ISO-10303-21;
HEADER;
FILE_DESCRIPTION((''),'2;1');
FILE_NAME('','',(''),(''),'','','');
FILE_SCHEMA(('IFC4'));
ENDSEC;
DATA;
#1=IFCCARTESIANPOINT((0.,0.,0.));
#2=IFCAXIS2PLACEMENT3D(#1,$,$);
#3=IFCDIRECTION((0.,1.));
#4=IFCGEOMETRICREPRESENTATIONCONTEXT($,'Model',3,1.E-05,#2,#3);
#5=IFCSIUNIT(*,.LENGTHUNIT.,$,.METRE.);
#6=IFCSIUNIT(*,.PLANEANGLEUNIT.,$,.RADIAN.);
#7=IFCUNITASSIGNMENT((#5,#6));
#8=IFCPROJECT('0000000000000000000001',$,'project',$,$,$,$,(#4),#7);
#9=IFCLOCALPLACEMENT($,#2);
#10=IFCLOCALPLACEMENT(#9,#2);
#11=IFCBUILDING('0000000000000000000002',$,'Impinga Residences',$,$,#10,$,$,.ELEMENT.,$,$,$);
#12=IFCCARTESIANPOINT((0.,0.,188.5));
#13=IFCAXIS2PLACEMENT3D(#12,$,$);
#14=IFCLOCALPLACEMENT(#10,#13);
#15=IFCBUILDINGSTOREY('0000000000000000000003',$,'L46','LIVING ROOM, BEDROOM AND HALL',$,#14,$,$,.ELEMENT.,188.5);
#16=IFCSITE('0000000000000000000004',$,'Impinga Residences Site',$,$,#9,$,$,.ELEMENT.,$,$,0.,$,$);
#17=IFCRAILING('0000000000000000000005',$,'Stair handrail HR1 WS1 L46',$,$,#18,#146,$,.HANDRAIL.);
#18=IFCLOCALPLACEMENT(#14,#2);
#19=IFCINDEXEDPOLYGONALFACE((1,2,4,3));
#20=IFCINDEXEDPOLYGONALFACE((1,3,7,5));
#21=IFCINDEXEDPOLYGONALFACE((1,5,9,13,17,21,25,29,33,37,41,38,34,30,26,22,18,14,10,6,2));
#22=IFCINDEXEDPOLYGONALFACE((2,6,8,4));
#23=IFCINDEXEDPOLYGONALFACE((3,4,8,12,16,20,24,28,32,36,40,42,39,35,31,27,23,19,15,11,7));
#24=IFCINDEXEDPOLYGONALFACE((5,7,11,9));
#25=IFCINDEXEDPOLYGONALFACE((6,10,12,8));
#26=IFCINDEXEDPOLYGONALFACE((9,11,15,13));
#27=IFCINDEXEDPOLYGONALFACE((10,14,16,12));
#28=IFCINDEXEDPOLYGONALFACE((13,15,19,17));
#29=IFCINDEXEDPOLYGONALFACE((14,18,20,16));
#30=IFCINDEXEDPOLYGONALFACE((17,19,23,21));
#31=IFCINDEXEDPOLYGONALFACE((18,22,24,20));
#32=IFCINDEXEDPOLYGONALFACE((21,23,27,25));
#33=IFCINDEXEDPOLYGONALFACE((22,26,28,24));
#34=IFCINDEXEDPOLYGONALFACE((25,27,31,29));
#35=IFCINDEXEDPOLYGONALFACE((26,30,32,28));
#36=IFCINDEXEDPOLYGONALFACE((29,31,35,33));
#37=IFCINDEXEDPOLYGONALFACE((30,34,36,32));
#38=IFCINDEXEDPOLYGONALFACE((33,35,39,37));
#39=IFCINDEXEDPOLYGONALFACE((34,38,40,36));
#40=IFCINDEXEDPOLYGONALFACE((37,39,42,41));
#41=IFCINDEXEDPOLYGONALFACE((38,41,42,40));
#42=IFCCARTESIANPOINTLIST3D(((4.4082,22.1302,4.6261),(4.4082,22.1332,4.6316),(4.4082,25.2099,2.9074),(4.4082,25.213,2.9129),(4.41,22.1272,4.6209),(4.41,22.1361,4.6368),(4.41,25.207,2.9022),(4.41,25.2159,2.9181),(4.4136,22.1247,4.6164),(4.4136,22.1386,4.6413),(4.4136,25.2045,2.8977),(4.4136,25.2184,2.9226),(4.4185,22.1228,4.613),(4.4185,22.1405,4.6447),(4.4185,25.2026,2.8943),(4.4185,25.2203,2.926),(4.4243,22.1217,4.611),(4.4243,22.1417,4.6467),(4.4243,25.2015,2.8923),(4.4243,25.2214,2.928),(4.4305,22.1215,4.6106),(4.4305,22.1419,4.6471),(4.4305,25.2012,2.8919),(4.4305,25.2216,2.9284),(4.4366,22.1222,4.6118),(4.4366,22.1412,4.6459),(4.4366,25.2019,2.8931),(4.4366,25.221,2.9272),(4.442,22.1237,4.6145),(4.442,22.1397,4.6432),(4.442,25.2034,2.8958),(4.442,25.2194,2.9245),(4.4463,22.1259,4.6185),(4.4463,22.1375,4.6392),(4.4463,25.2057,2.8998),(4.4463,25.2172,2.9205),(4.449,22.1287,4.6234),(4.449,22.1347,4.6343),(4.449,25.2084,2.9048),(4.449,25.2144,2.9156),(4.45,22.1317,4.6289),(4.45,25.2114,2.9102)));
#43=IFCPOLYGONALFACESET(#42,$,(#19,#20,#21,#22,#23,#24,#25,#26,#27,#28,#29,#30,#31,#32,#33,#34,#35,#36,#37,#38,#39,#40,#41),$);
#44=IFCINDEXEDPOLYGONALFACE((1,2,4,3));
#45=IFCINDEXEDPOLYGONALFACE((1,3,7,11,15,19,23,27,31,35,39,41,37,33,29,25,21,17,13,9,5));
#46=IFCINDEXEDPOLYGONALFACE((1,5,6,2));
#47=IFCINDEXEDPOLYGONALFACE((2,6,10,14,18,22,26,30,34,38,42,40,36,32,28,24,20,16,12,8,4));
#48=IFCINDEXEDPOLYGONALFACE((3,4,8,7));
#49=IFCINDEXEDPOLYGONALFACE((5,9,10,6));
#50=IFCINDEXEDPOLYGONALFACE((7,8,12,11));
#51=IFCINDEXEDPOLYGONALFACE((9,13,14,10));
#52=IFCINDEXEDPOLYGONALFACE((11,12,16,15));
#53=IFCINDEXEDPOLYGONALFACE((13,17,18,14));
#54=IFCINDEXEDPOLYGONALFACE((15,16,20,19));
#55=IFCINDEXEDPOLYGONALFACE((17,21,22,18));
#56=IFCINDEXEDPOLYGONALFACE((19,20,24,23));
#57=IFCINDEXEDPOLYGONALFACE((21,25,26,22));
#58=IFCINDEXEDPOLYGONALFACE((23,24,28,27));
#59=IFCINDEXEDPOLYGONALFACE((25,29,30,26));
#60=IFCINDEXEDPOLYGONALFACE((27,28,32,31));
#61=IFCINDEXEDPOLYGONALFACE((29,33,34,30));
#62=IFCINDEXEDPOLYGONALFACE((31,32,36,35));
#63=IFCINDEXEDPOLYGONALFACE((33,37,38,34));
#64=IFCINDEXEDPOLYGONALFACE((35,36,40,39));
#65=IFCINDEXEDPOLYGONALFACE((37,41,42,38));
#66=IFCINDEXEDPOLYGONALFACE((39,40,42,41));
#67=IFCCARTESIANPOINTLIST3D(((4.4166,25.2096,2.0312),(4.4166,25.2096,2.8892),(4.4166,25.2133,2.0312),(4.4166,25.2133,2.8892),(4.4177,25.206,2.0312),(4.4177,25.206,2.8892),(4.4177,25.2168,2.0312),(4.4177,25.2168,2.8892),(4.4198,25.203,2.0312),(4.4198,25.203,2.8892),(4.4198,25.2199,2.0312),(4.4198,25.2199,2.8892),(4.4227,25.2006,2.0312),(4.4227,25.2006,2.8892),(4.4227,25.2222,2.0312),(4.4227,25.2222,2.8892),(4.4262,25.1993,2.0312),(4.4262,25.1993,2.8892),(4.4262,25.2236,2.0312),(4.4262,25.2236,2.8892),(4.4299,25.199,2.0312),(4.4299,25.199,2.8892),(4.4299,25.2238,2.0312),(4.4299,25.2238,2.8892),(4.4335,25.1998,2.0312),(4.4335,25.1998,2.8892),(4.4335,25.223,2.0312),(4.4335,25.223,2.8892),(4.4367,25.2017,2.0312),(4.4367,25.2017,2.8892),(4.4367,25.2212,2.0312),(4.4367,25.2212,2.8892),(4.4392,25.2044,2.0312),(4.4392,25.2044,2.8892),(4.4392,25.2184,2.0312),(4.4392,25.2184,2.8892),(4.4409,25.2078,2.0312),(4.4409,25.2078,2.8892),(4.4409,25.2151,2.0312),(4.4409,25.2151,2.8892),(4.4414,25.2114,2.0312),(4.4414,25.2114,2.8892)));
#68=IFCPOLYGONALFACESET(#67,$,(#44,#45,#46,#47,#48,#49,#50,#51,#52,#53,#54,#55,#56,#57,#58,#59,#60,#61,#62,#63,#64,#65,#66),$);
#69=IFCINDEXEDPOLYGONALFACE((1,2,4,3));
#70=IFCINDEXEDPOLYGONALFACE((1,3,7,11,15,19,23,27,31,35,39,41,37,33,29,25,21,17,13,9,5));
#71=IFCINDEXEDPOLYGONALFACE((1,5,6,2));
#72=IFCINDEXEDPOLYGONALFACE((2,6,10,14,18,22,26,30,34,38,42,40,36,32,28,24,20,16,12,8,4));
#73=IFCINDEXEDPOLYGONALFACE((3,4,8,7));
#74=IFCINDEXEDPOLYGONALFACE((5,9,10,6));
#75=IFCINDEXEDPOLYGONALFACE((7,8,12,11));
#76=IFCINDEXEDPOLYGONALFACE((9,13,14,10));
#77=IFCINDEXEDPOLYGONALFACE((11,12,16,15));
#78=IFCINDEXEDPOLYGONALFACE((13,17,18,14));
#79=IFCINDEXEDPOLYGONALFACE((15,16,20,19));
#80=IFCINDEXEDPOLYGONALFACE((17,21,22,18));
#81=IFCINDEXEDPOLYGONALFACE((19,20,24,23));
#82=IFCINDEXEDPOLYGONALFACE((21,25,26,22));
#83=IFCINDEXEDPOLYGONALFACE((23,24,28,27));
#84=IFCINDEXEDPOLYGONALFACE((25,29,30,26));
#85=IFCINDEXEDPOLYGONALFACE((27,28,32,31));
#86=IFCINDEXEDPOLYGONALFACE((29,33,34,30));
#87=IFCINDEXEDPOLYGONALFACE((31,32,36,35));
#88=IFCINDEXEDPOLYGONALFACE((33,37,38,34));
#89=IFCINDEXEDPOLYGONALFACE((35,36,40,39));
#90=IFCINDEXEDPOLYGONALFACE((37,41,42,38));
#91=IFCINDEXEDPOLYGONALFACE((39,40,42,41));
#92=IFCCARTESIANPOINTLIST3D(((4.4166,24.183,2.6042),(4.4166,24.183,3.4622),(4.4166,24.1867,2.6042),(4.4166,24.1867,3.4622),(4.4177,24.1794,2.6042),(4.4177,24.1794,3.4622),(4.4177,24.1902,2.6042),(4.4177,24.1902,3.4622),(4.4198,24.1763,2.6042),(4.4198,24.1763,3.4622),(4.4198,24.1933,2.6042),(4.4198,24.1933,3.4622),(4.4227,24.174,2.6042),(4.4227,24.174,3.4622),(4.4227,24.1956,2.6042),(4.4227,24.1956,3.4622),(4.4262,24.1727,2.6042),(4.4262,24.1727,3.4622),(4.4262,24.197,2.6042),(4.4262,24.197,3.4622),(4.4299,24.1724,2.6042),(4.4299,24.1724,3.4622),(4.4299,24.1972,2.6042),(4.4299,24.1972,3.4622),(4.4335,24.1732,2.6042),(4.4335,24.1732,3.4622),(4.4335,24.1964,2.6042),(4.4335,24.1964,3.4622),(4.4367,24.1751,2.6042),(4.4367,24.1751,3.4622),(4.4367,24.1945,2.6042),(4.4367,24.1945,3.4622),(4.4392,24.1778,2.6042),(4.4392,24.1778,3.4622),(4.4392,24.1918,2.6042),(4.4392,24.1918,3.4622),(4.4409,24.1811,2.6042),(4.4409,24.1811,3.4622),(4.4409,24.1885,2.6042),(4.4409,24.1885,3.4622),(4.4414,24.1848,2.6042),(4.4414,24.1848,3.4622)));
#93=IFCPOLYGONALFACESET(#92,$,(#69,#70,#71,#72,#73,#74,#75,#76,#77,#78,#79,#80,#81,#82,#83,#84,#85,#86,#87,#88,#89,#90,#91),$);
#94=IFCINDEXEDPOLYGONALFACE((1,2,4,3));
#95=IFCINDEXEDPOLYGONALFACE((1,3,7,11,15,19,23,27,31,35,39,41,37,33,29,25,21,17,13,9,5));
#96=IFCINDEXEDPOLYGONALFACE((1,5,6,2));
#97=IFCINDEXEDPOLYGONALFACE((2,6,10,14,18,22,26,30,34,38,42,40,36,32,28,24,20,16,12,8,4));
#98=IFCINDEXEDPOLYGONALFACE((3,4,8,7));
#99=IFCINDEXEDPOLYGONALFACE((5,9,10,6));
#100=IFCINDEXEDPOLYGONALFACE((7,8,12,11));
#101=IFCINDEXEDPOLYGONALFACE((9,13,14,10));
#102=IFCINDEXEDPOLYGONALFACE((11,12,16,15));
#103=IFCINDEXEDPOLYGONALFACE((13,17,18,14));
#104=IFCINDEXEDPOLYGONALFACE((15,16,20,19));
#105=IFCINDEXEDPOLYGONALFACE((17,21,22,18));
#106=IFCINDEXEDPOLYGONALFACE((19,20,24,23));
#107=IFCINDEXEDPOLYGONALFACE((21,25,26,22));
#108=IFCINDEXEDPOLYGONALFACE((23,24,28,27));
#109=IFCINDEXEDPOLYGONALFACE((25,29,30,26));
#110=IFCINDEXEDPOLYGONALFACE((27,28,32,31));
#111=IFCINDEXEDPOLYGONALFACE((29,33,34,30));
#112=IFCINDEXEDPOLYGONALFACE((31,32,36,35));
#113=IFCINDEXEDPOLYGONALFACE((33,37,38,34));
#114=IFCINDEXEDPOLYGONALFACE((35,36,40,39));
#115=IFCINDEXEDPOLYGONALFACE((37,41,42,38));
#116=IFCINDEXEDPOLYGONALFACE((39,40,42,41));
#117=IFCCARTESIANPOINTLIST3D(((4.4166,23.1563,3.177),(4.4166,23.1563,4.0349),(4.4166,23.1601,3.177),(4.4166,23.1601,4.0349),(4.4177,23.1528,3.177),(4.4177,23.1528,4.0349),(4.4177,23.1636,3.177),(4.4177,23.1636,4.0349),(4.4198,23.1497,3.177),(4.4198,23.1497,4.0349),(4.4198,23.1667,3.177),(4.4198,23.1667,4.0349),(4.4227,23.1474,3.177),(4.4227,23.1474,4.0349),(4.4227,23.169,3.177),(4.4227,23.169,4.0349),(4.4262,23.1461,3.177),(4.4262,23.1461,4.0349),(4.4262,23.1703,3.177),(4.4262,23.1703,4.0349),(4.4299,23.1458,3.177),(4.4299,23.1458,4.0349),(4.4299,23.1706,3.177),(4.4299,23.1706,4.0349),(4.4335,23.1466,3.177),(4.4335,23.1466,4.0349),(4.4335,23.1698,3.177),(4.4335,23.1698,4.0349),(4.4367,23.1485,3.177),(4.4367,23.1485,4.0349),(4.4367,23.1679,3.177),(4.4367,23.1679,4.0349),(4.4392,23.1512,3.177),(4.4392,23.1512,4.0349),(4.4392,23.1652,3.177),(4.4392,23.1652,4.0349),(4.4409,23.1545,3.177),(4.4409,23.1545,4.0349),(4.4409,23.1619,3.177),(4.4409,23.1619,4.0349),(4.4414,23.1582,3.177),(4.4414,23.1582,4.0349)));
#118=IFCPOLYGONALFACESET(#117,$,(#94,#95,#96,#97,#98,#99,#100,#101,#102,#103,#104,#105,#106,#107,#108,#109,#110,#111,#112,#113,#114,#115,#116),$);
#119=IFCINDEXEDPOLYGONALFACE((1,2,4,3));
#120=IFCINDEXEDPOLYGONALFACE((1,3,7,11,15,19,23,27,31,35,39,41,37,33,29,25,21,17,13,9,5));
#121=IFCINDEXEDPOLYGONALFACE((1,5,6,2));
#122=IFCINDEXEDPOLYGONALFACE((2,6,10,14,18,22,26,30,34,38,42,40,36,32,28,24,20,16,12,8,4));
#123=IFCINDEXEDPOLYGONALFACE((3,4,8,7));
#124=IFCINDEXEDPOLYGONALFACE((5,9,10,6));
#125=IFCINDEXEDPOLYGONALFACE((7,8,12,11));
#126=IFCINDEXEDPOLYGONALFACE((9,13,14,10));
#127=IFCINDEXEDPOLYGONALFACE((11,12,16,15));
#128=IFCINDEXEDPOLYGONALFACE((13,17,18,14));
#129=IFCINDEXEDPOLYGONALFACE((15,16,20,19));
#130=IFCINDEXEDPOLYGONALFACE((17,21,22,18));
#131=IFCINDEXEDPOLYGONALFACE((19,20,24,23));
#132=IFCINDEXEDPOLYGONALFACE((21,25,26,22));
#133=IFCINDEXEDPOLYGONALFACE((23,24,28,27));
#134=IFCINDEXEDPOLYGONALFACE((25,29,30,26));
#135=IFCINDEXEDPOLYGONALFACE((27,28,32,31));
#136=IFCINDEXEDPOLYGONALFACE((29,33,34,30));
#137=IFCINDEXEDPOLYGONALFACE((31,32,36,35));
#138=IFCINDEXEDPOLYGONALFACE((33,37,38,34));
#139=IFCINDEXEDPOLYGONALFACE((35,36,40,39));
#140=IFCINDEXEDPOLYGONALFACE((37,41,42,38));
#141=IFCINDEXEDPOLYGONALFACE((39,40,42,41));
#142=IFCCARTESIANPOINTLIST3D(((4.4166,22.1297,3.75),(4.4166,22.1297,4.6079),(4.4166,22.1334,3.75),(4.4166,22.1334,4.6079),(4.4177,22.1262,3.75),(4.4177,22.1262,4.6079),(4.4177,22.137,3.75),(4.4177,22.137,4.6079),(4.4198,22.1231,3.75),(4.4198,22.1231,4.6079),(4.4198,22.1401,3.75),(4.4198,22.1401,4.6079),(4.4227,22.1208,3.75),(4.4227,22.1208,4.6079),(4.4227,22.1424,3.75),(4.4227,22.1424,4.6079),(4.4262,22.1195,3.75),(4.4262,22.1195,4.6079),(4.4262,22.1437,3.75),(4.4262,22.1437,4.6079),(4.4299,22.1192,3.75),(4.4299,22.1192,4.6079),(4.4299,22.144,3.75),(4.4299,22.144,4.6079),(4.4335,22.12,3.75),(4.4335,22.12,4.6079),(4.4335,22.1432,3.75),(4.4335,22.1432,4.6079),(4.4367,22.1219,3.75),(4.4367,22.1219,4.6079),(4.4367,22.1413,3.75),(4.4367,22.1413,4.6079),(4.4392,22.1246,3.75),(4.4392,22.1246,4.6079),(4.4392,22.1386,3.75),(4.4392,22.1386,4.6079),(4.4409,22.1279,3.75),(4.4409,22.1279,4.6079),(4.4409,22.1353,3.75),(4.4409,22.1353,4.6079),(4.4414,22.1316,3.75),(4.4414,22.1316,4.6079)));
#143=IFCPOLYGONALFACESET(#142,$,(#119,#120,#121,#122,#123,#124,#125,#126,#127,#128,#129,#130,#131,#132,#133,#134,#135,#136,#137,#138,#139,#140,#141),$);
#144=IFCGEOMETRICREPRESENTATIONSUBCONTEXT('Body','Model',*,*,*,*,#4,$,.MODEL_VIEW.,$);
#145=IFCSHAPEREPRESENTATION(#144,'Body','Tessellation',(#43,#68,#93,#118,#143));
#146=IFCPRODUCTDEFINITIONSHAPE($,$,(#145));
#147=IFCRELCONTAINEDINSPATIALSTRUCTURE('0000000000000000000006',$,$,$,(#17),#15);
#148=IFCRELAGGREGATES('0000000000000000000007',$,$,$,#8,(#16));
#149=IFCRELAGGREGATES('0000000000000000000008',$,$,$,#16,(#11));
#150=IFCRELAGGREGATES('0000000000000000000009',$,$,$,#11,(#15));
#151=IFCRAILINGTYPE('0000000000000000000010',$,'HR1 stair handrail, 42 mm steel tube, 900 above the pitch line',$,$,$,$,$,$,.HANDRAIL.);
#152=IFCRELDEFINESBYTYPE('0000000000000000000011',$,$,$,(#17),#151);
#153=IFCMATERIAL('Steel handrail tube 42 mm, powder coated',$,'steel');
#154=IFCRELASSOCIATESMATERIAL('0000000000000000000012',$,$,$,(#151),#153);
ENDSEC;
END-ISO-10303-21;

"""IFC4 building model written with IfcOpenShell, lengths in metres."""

from ifc_helpers import new_model, si_unit, direction, frame, origin, origin_2d, place, context, subcontext, project, spatial, circle, extrude, material, type_object, element, save


model = new_model("IFC4")

# Units and contexts
model_context = context("Model", 3, precision=1e-05, world=origin(), true_north=direction((0.0, 1.0)))
body_context = subcontext(model_context, "Body", "Model", "MODEL_VIEW")
ifc_project = project(units=[si_unit("LENGTHUNIT", "METRE"), si_unit("PLANEANGLEUNIT", "RADIAN")], contexts=[model_context])

# Site, building, storey
site_placement = place(None, origin())
site = spatial("IfcSite", under=ifc_project, at=site_placement, Name="Impinga Residences Site", CompositionType="ELEMENT", RefElevation=0.0)
building_placement = place(site_placement, origin())
building = spatial("IfcBuilding", under=site, at=building_placement, Name="Impinga Residences", CompositionType="ELEMENT")
storey_placement = place(building_placement, frame((0.0, 0.0, 188.5)))
storey = spatial("IfcBuildingStorey", under=building, at=storey_placement, Name="L46", Description="LIVING ROOM, BEDROOM AND HALL", CompositionType="ELEMENT", Elevation=188.5)

# Railing
ifc_material_1 = material(Name="Steel handrail tube 42 mm, powder coated", Category="steel")
railing_type_1 = type_object("IfcRailingType", Name="HR1 stair handrail, 42 mm steel tube, 900 above the pitch line", PredefinedType="HANDRAIL", material=ifc_material_1)
railing_1_placement = place(storey_placement, frame((4.429, 25.2114, 2.0312)))
element("IfcRailing", 1, at=railing_1_placement, inside=storey, type_object=railing_type_1, Name="Stair handrail HR1 WS1 L46", PredefinedType="HANDRAIL", context=body_context, shape_type="SweptSolid", body=[
    extrude(circle(Radius=0.021, at=origin_2d()), frame((0.0, 0.0, 0.8789), z_axis=(0.0, -0.873225, 0.487317), x_axis=(1.0, 0.0, 0.0)), (0.0, 0.0, 1.0), 3.5269),
    extrude(circle(Radius=0.0125, at=origin_2d()), origin(), (0.0, 0.0, 1.0), 0.8579),
    extrude(circle(Radius=0.0125, at=origin_2d()), frame((0.0, -1.0266, 0.573)), (0.0, 0.0, 1.0), 0.8579),
    extrude(circle(Radius=0.0125, at=origin_2d()), frame((0.0, -2.0532, 1.1458)), (0.0, 0.0, 1.0), 0.8579),
    extrude(circle(Radius=0.0125, at=origin_2d()), frame((0.0, -3.0798, 1.7188)), (0.0, 0.0, 1.0), 0.8579),
])

save(model, "model.ifc")
